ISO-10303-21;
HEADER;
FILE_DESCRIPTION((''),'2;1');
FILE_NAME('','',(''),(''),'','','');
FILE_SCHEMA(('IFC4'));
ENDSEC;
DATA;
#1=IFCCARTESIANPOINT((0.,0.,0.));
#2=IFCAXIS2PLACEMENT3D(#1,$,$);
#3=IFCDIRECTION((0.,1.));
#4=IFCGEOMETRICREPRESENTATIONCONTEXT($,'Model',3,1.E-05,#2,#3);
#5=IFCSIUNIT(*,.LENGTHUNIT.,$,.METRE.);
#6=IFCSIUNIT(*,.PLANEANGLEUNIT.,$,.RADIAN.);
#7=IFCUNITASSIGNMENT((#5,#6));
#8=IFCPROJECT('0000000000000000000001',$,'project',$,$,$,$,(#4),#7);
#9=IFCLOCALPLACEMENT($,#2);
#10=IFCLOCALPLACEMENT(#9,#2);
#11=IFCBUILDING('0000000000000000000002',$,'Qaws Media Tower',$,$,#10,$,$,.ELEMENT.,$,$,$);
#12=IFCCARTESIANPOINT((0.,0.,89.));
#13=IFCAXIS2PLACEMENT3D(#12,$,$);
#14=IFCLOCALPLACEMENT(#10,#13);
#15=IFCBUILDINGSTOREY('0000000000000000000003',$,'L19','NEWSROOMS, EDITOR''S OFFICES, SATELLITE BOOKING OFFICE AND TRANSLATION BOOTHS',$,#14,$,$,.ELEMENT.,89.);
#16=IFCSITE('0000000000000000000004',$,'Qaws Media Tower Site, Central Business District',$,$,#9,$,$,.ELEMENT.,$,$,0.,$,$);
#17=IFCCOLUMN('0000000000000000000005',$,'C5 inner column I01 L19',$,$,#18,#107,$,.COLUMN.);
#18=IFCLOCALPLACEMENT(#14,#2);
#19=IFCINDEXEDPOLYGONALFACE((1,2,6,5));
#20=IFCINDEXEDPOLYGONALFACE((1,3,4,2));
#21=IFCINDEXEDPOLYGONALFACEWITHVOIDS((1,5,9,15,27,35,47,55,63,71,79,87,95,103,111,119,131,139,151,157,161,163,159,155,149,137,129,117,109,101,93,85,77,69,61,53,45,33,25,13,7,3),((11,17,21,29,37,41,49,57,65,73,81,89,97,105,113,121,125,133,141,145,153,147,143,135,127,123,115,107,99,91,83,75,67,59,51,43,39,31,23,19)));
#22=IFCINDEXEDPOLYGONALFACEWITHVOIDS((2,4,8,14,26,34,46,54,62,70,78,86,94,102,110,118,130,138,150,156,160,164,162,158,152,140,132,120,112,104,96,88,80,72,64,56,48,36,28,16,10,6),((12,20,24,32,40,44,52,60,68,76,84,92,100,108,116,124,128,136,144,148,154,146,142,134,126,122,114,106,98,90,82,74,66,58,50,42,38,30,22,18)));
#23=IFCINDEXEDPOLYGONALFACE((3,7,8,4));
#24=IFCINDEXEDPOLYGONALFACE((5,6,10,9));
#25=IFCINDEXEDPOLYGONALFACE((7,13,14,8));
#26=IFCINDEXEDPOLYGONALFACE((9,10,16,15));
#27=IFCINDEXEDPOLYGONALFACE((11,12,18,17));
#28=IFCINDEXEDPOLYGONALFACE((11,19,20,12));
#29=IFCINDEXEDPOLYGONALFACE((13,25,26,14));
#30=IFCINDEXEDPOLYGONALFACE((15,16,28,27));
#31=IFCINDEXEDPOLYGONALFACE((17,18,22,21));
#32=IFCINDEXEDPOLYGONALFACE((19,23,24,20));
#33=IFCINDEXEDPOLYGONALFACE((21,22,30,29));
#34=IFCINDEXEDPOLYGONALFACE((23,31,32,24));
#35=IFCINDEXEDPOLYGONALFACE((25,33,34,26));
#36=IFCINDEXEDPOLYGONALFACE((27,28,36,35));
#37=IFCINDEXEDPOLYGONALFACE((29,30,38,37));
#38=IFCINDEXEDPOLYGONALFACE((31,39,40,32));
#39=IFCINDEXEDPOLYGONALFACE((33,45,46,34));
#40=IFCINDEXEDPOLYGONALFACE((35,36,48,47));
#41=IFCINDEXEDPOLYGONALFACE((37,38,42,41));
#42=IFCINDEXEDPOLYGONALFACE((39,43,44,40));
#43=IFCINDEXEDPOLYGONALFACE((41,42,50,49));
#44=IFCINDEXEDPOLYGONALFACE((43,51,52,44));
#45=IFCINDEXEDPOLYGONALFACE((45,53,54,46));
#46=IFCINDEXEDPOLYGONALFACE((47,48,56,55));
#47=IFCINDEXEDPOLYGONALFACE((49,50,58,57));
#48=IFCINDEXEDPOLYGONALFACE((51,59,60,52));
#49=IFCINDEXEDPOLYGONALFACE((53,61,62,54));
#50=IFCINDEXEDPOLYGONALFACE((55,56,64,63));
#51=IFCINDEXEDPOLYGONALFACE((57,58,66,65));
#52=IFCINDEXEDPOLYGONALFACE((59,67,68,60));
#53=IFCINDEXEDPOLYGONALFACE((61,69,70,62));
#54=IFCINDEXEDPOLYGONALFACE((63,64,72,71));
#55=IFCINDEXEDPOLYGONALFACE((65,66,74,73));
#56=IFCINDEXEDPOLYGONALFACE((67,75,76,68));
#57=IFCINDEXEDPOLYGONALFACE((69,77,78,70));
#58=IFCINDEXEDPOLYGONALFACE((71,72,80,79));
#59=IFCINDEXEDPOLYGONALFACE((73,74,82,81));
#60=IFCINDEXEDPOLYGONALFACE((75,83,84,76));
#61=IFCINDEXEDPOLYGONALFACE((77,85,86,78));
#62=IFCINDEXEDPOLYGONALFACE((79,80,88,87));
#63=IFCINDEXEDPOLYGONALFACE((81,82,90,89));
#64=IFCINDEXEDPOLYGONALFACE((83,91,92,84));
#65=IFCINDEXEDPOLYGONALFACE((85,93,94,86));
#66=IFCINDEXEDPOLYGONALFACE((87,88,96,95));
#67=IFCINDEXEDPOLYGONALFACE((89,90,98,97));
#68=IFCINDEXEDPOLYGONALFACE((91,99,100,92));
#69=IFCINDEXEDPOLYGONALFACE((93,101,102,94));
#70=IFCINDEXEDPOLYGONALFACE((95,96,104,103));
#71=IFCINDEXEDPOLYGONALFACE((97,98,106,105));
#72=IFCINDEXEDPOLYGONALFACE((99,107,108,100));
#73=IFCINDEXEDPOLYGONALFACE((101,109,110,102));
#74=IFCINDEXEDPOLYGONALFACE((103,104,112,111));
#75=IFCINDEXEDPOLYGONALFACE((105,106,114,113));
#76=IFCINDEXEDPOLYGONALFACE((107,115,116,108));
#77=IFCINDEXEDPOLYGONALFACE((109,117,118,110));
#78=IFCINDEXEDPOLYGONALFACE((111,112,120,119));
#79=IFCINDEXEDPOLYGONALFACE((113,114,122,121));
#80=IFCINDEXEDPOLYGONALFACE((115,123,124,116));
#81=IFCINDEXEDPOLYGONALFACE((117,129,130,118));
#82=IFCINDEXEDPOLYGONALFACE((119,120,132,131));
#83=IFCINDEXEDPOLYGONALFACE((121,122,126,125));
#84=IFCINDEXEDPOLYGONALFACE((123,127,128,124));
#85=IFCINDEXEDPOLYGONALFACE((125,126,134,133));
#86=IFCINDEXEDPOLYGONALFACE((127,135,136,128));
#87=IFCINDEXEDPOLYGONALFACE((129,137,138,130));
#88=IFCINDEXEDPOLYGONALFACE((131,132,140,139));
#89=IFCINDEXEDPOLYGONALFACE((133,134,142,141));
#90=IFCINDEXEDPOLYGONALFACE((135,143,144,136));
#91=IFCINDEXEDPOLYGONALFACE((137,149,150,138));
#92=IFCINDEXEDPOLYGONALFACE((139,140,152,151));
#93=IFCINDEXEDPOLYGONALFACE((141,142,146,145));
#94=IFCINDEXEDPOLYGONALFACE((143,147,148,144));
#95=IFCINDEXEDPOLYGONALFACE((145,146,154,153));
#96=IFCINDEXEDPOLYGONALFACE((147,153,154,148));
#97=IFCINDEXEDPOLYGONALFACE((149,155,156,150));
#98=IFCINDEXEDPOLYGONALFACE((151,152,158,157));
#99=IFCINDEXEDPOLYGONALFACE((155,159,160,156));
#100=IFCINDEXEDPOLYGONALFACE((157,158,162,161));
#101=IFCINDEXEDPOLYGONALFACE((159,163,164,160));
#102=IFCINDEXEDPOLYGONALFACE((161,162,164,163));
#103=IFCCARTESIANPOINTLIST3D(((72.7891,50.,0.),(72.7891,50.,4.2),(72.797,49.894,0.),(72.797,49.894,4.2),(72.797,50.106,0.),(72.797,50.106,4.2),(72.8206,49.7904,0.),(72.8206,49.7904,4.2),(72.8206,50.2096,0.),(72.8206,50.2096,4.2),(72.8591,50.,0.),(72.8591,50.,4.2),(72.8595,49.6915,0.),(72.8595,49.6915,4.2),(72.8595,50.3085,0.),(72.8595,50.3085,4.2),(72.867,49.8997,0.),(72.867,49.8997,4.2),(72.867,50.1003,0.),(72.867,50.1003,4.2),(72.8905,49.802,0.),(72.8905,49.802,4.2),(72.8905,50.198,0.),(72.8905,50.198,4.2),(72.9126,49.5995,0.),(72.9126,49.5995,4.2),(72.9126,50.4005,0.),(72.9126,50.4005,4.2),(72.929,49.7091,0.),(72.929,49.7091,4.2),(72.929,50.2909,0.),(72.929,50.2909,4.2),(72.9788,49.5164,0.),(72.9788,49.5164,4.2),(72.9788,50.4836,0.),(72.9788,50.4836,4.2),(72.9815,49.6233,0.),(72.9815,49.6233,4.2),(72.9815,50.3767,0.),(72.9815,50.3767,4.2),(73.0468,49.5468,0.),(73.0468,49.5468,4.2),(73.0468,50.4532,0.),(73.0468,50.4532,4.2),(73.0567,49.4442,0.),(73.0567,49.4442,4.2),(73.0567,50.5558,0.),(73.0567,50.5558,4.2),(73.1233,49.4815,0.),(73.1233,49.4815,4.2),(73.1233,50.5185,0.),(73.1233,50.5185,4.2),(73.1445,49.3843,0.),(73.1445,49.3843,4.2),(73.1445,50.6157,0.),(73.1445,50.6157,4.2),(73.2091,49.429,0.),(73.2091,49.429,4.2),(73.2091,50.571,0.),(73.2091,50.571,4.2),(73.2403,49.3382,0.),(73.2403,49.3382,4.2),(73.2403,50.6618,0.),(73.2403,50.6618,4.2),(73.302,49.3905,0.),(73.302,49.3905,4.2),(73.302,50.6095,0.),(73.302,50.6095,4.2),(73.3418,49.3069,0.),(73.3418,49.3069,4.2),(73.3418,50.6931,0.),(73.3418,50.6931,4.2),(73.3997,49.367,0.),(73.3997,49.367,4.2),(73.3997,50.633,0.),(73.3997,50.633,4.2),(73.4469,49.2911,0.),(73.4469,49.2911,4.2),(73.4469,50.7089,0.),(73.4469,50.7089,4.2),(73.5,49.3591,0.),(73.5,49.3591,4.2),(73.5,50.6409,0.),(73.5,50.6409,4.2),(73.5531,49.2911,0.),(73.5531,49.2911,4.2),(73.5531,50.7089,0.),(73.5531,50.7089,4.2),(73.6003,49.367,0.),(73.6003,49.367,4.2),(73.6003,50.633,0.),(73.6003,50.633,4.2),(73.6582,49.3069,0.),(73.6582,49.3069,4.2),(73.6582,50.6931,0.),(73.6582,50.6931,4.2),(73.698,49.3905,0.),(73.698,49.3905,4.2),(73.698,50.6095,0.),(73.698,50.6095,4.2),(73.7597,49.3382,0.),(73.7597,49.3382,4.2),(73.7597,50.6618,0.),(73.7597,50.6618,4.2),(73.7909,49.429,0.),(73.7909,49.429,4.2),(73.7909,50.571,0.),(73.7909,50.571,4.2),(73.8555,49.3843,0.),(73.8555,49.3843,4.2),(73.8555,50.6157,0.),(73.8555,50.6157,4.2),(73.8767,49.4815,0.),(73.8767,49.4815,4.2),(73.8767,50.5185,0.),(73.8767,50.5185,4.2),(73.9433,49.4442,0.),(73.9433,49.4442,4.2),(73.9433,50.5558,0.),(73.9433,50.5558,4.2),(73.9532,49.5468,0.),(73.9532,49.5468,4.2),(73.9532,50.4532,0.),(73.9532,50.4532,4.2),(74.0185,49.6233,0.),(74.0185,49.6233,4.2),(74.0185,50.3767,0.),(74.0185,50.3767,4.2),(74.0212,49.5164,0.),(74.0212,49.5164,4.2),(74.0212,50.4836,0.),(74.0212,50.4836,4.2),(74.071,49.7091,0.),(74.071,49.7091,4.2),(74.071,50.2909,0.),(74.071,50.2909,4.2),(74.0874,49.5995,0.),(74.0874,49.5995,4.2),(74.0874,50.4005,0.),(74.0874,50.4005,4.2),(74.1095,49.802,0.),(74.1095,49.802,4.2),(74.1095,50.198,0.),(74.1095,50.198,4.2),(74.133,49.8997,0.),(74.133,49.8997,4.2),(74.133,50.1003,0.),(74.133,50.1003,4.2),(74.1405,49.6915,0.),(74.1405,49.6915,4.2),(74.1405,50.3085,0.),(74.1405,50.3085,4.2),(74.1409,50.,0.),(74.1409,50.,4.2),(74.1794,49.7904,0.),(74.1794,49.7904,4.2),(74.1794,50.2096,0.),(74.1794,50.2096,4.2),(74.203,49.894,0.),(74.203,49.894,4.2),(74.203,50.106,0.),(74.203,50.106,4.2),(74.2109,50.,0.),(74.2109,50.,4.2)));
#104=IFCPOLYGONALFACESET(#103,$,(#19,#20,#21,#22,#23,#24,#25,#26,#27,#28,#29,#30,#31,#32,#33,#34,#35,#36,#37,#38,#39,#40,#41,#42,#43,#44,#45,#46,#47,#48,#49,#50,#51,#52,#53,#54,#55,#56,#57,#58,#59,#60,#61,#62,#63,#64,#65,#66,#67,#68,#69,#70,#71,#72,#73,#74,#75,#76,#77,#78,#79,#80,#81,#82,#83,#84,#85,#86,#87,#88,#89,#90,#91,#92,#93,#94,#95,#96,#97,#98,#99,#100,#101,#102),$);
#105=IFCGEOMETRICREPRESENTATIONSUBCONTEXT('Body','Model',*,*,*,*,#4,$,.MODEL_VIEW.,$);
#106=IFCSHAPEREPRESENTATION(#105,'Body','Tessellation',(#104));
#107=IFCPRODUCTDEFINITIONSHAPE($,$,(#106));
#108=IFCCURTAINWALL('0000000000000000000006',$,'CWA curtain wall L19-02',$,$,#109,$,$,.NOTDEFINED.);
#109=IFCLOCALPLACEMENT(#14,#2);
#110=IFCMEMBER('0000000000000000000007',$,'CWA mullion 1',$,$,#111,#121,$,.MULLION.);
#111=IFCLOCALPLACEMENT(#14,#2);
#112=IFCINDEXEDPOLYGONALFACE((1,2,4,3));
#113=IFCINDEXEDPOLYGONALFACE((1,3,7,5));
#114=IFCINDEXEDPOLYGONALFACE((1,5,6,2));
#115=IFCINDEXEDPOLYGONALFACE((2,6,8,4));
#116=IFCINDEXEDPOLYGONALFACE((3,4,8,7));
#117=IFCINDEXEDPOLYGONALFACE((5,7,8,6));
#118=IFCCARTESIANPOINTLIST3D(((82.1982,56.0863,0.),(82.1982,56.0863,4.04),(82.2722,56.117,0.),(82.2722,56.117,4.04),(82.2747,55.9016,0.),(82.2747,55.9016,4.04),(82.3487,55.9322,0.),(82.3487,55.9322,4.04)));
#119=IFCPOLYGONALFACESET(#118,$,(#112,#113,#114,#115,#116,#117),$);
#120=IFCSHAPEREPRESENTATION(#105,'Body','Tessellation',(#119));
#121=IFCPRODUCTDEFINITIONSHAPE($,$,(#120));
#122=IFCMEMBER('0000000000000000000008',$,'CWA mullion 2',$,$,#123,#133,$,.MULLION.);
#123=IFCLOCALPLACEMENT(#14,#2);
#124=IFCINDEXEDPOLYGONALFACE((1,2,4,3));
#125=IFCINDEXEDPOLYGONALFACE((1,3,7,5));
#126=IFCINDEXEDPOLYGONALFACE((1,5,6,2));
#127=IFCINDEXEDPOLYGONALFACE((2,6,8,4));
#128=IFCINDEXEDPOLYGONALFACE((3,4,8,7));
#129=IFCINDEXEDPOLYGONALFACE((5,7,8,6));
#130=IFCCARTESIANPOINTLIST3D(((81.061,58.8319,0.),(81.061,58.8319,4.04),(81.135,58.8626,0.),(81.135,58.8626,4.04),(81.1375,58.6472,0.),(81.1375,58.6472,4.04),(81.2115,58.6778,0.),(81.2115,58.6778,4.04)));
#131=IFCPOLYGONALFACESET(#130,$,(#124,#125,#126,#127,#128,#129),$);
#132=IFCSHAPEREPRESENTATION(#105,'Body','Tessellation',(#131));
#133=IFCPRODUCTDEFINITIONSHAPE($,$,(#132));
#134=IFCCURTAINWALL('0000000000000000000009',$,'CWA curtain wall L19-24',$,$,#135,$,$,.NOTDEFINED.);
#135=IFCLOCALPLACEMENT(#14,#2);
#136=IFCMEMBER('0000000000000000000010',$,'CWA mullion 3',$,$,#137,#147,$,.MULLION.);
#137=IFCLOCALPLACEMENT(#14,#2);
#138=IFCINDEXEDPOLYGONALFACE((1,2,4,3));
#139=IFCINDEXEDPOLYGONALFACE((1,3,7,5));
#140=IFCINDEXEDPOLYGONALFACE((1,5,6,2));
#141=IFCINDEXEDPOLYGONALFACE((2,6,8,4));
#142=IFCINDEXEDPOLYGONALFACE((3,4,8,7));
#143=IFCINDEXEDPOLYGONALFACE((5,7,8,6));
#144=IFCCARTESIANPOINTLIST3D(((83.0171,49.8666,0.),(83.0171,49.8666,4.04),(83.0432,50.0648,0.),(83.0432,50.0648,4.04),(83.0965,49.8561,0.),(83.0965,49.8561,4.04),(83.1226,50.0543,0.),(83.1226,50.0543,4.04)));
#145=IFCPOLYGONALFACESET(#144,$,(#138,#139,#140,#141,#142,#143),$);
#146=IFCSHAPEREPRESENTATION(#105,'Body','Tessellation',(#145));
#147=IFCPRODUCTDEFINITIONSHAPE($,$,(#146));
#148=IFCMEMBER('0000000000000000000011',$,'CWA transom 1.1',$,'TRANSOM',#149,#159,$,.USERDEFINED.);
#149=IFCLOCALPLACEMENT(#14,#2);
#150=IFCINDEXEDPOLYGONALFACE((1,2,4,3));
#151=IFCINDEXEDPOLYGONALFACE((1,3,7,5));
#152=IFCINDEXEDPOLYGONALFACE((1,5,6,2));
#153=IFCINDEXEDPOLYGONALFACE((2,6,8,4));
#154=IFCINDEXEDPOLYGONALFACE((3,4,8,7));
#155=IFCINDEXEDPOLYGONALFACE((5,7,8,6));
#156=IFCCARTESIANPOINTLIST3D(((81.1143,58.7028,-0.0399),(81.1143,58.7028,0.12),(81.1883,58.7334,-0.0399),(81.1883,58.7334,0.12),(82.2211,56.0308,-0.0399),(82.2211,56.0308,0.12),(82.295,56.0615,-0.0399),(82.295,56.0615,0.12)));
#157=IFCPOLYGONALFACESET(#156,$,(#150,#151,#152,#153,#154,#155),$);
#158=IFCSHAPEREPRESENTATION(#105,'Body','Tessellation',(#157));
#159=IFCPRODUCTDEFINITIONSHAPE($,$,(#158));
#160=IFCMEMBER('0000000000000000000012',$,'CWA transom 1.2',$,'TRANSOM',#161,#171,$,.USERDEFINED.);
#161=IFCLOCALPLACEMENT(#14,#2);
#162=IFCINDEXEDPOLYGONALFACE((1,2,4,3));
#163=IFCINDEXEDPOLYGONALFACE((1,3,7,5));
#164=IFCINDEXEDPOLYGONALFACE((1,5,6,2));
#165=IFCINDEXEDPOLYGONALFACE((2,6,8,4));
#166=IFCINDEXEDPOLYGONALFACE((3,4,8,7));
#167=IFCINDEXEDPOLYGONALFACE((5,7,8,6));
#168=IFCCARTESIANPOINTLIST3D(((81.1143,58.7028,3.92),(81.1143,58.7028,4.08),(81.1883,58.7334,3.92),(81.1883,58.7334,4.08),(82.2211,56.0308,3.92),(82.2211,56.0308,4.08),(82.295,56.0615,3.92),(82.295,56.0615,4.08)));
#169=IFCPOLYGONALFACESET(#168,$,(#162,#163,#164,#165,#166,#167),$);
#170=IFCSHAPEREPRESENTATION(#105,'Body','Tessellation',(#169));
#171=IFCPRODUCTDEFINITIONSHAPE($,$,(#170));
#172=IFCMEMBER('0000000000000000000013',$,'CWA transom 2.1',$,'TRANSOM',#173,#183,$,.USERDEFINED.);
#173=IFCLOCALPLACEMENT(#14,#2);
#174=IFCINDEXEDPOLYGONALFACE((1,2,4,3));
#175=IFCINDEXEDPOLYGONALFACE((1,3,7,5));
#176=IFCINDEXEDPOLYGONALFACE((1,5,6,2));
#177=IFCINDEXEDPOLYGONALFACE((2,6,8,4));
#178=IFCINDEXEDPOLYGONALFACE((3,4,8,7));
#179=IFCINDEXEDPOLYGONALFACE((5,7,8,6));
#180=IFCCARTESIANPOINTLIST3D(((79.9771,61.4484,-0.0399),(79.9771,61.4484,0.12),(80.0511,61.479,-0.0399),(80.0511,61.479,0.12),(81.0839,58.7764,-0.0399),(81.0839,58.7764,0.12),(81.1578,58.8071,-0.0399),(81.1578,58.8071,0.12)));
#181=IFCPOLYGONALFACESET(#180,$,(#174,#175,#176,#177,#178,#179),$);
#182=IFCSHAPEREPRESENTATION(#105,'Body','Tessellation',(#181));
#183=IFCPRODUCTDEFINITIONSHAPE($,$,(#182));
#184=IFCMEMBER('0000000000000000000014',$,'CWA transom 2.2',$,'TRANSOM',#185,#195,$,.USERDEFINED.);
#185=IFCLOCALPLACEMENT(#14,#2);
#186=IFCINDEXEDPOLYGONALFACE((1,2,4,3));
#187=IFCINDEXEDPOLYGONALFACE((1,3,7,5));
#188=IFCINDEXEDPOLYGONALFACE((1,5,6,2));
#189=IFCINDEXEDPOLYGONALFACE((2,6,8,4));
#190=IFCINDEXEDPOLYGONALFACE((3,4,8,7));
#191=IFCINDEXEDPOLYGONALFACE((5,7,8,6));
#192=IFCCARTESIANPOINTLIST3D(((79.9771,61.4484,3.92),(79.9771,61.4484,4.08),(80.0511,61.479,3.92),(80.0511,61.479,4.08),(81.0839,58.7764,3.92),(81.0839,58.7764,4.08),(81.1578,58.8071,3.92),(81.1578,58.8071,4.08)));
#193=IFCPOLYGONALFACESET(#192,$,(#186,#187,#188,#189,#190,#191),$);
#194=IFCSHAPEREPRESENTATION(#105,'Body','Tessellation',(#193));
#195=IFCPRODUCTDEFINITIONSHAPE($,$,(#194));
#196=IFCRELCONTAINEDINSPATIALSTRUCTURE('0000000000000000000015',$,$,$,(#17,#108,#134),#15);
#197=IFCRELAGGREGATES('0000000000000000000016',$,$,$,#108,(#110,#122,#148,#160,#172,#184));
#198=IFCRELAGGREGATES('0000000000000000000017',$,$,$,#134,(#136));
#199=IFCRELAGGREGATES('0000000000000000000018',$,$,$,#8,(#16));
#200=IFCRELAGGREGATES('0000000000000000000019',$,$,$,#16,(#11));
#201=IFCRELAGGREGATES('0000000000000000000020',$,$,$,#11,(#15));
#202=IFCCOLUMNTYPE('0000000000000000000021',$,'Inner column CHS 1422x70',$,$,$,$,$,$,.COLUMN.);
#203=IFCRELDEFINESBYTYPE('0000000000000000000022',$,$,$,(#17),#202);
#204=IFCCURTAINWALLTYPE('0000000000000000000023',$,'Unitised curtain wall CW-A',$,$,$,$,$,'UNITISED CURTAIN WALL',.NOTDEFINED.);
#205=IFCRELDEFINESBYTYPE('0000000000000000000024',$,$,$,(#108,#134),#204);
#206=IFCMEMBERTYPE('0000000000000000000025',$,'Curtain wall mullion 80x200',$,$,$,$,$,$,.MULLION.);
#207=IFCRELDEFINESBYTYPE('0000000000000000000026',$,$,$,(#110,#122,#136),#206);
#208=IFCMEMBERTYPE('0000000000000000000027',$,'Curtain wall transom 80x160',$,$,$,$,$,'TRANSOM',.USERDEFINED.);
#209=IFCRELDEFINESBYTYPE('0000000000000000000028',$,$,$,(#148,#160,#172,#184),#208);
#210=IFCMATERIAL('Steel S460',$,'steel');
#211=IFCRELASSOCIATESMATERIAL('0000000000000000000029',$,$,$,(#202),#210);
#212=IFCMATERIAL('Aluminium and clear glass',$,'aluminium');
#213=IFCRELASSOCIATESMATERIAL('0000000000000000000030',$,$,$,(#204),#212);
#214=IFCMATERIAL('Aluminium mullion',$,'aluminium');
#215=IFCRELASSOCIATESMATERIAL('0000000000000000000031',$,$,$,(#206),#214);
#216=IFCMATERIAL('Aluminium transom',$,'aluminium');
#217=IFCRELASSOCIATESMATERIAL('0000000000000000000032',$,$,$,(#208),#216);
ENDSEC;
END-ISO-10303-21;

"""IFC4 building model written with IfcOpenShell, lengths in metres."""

from ifc_helpers import new_model, si_unit, direction, frame, origin, origin_2d, place, context, subcontext, project, spatial, rectangle, hollow_circle, extrude, material, material_profile, profile_set, type_object, element, aggregate, save


model = new_model("IFC4")

# Units and contexts
model_context = context("Model", 3, precision=1e-05, world=origin(), true_north=direction((0.0, 1.0)))
body_context = subcontext(model_context, "Body", "Model", "MODEL_VIEW")
ifc_project = project(units=[si_unit("LENGTHUNIT", "METRE"), si_unit("PLANEANGLEUNIT", "RADIAN")], contexts=[model_context])

# Site, building, storey
site_placement = place(None, origin())
site = spatial("IfcSite", under=ifc_project, at=site_placement, Name="Qaws Media Tower Site, Central Business District", CompositionType="ELEMENT", RefElevation=0.0)
building_placement = place(site_placement, origin())
building = spatial("IfcBuilding", under=site, at=building_placement, Name="Qaws Media Tower", CompositionType="ELEMENT")
storey_placement = place(building_placement, frame((0.0, 0.0, 89.0)))
storey = spatial("IfcBuildingStorey", under=building, at=storey_placement, Name="L19", Description="NEWSROOMS, EDITOR'S OFFICES, SATELLITE BOOKING OFFICE AND TRANSLATION BOOTHS", CompositionType="ELEMENT", Elevation=89.0)

# Column
ifc_material_1 = material(Name="Steel S460", Category="steel")
ifc_material_profile_1 = material_profile(ifc_material_1, hollow_circle(Radius=0.7109, WallThickness=0.0701, at=origin_2d()), Name="CHS 1422x70")
ifc_profile_set_1 = profile_set([ifc_material_profile_1], Name="Steel S460")
column_type = type_object("IfcColumnType", Name="Inner column CHS 1422x70", PredefinedType="COLUMN", material=ifc_profile_set_1)
column_placement = place(storey_placement, frame((73.5, 50.0, 0.0), z_axis=(0.0, 0.0, 1.0), x_axis=(1.0, 0.0, 0.0)))
element("IfcColumn", 1, at=column_placement, inside=storey, type_object=column_type, Name="C5 inner column I01 L19", PredefinedType="COLUMN", context=body_context, shape_type="SweptSolid", body=[
    extrude(hollow_circle(Radius=0.7109, WallThickness=0.0701, at=origin_2d()), origin(), (0.0, 0.0, 1.0), 4.2),
])

# Curtain wall, members
ifc_material_2 = material(Name="Aluminium and clear glass", Category="aluminium")
curtain_wall_type = type_object("IfcCurtainWallType", Name="Unitised curtain wall CW-A", ElementType="UNITISED CURTAIN WALL", PredefinedType="NOTDEFINED", material=ifc_material_2)
curtain_wall_1_placement = place(storey_placement, origin())
curtain_wall_1 = element("IfcCurtainWall", 2, at=curtain_wall_1_placement, inside=storey, type_object=curtain_wall_type, Name="CWA curtain wall L19-02", PredefinedType="NOTDEFINED")
ifc_material_3 = material(Name="Aluminium mullion", Category="aluminium")
ifc_material_profile_2 = material_profile(ifc_material_3, rectangle(XDim=0.0801, YDim=0.2, at=origin_2d()), Name="80x200")
ifc_profile_set_2 = profile_set([ifc_material_profile_2], Name="Aluminium mullion")
member_type_1 = type_object("IfcMemberType", Name="Curtain wall mullion 80x200", PredefinedType="MULLION", material=ifc_profile_set_2)
member_1_placement = place(storey_placement, frame((82.2734, 56.0093, 0.0), z_axis=(0.0, 0.0, 1.0), x_axis=(-0.92388, -0.382683, 0.0)))
member_1 = element("IfcMember", 3, at=member_1_placement, type_object=member_type_1, Name="CWA mullion 1", PredefinedType="MULLION", context=body_context, shape_type="SweptSolid", body=[
    extrude(rectangle(XDim=0.0801, YDim=0.2, at=origin_2d()), origin(), (0.0, 0.0, 1.0), 4.04),
])
member_2_placement = place(storey_placement, frame((81.1362, 58.7549, 0.0), z_axis=(0.0, 0.0, 1.0), x_axis=(-0.92388, -0.382683, 0.0)))
member_2 = element("IfcMember", 4, at=member_2_placement, type_object=member_type_1, Name="CWA mullion 2", PredefinedType="MULLION", context=body_context, shape_type="SweptSolid", body=[
    extrude(rectangle(XDim=0.0801, YDim=0.2, at=origin_2d()), origin(), (0.0, 0.0, 1.0), 4.04),
])

# Curtain wall, member
curtain_wall_2_placement = place(storey_placement, origin())
curtain_wall_2 = element("IfcCurtainWall", 5, at=curtain_wall_2_placement, inside=storey, type_object=curtain_wall_type, Name="CWA curtain wall L19-24", PredefinedType="NOTDEFINED")
member_3_placement = place(storey_placement, frame((83.0698, 49.9604, 0.0), z_axis=(0.0, 0.0, 1.0), x_axis=(-0.991445, 0.130526, 0.0)))
member_3 = element("IfcMember", 6, at=member_3_placement, type_object=member_type_1, Name="CWA mullion 3", PredefinedType="MULLION", context=body_context, shape_type="SweptSolid", body=[
    extrude(rectangle(XDim=0.0801, YDim=0.2, at=origin_2d()), origin(), (0.0, 0.0, 1.0), 4.04),
])

# Members
ifc_material_4 = material(Name="Aluminium transom", Category="aluminium")
ifc_material_profile_3 = material_profile(ifc_material_4, rectangle(XDim=0.0801, YDim=0.1599, at=origin_2d()), Name="80x160")
ifc_profile_set_3 = profile_set([ifc_material_profile_3], Name="Aluminium transom")
member_type_2 = type_object("IfcMemberType", Name="Curtain wall transom 80x160", ElementType="TRANSOM", PredefinedType="USERDEFINED", material=ifc_profile_set_3)
member_4_placement = place(storey_placement, frame((82.2581, 56.0461, 0.04), z_axis=(-0.382672, 0.923884, 0.0), x_axis=(-0.923884, -0.382672, 0.0)))
member_4 = element("IfcMember", 7, at=member_4_placement, type_object=member_type_2, Name="CWA transom 1.1", ObjectType="TRANSOM", PredefinedType="USERDEFINED", context=body_context, shape_type="SweptSolid", body=[
    extrude(rectangle(XDim=0.0801, YDim=0.1599, at=origin_2d()), origin(), (0.0, 0.0, 1.0), 2.8921),
])
member_5_placement = place(storey_placement, frame((82.2581, 56.0461, 4.0), z_axis=(-0.382672, 0.923884, 0.0), x_axis=(-0.923884, -0.382672, 0.0)))
member_5 = element("IfcMember", 8, at=member_5_placement, type_object=member_type_2, Name="CWA transom 1.2", ObjectType="TRANSOM", PredefinedType="USERDEFINED", context=body_context, shape_type="SweptSolid", body=[
    extrude(rectangle(XDim=0.0801, YDim=0.1599, at=origin_2d()), origin(), (0.0, 0.0, 1.0), 2.8921),
])
member_6_placement = place(storey_placement, frame((81.1208, 58.7917, 0.04), z_axis=(-0.382672, 0.923884, 0.0), x_axis=(-0.923884, -0.382672, 0.0)))
member_6 = element("IfcMember", 9, at=member_6_placement, type_object=member_type_2, Name="CWA transom 2.1", ObjectType="TRANSOM", PredefinedType="USERDEFINED", context=body_context, shape_type="SweptSolid", body=[
    extrude(rectangle(XDim=0.0801, YDim=0.1599, at=origin_2d()), origin(), (0.0, 0.0, 1.0), 2.8921),
])
member_7_placement = place(storey_placement, frame((81.1208, 58.7917, 4.0), z_axis=(-0.382672, 0.923884, 0.0), x_axis=(-0.923884, -0.382672, 0.0)))
member_7 = element("IfcMember", 10, at=member_7_placement, type_object=member_type_2, Name="CWA transom 2.2", ObjectType="TRANSOM", PredefinedType="USERDEFINED", context=body_context, shape_type="SweptSolid", body=[
    extrude(rectangle(XDim=0.0801, YDim=0.1599, at=origin_2d()), origin(), (0.0, 0.0, 1.0), 2.8921),
])

aggregate(curtain_wall_1, [member_1, member_2, member_4, member_5, member_6, member_7])
aggregate(curtain_wall_2, [member_3])

save(model, "model.ifc")
